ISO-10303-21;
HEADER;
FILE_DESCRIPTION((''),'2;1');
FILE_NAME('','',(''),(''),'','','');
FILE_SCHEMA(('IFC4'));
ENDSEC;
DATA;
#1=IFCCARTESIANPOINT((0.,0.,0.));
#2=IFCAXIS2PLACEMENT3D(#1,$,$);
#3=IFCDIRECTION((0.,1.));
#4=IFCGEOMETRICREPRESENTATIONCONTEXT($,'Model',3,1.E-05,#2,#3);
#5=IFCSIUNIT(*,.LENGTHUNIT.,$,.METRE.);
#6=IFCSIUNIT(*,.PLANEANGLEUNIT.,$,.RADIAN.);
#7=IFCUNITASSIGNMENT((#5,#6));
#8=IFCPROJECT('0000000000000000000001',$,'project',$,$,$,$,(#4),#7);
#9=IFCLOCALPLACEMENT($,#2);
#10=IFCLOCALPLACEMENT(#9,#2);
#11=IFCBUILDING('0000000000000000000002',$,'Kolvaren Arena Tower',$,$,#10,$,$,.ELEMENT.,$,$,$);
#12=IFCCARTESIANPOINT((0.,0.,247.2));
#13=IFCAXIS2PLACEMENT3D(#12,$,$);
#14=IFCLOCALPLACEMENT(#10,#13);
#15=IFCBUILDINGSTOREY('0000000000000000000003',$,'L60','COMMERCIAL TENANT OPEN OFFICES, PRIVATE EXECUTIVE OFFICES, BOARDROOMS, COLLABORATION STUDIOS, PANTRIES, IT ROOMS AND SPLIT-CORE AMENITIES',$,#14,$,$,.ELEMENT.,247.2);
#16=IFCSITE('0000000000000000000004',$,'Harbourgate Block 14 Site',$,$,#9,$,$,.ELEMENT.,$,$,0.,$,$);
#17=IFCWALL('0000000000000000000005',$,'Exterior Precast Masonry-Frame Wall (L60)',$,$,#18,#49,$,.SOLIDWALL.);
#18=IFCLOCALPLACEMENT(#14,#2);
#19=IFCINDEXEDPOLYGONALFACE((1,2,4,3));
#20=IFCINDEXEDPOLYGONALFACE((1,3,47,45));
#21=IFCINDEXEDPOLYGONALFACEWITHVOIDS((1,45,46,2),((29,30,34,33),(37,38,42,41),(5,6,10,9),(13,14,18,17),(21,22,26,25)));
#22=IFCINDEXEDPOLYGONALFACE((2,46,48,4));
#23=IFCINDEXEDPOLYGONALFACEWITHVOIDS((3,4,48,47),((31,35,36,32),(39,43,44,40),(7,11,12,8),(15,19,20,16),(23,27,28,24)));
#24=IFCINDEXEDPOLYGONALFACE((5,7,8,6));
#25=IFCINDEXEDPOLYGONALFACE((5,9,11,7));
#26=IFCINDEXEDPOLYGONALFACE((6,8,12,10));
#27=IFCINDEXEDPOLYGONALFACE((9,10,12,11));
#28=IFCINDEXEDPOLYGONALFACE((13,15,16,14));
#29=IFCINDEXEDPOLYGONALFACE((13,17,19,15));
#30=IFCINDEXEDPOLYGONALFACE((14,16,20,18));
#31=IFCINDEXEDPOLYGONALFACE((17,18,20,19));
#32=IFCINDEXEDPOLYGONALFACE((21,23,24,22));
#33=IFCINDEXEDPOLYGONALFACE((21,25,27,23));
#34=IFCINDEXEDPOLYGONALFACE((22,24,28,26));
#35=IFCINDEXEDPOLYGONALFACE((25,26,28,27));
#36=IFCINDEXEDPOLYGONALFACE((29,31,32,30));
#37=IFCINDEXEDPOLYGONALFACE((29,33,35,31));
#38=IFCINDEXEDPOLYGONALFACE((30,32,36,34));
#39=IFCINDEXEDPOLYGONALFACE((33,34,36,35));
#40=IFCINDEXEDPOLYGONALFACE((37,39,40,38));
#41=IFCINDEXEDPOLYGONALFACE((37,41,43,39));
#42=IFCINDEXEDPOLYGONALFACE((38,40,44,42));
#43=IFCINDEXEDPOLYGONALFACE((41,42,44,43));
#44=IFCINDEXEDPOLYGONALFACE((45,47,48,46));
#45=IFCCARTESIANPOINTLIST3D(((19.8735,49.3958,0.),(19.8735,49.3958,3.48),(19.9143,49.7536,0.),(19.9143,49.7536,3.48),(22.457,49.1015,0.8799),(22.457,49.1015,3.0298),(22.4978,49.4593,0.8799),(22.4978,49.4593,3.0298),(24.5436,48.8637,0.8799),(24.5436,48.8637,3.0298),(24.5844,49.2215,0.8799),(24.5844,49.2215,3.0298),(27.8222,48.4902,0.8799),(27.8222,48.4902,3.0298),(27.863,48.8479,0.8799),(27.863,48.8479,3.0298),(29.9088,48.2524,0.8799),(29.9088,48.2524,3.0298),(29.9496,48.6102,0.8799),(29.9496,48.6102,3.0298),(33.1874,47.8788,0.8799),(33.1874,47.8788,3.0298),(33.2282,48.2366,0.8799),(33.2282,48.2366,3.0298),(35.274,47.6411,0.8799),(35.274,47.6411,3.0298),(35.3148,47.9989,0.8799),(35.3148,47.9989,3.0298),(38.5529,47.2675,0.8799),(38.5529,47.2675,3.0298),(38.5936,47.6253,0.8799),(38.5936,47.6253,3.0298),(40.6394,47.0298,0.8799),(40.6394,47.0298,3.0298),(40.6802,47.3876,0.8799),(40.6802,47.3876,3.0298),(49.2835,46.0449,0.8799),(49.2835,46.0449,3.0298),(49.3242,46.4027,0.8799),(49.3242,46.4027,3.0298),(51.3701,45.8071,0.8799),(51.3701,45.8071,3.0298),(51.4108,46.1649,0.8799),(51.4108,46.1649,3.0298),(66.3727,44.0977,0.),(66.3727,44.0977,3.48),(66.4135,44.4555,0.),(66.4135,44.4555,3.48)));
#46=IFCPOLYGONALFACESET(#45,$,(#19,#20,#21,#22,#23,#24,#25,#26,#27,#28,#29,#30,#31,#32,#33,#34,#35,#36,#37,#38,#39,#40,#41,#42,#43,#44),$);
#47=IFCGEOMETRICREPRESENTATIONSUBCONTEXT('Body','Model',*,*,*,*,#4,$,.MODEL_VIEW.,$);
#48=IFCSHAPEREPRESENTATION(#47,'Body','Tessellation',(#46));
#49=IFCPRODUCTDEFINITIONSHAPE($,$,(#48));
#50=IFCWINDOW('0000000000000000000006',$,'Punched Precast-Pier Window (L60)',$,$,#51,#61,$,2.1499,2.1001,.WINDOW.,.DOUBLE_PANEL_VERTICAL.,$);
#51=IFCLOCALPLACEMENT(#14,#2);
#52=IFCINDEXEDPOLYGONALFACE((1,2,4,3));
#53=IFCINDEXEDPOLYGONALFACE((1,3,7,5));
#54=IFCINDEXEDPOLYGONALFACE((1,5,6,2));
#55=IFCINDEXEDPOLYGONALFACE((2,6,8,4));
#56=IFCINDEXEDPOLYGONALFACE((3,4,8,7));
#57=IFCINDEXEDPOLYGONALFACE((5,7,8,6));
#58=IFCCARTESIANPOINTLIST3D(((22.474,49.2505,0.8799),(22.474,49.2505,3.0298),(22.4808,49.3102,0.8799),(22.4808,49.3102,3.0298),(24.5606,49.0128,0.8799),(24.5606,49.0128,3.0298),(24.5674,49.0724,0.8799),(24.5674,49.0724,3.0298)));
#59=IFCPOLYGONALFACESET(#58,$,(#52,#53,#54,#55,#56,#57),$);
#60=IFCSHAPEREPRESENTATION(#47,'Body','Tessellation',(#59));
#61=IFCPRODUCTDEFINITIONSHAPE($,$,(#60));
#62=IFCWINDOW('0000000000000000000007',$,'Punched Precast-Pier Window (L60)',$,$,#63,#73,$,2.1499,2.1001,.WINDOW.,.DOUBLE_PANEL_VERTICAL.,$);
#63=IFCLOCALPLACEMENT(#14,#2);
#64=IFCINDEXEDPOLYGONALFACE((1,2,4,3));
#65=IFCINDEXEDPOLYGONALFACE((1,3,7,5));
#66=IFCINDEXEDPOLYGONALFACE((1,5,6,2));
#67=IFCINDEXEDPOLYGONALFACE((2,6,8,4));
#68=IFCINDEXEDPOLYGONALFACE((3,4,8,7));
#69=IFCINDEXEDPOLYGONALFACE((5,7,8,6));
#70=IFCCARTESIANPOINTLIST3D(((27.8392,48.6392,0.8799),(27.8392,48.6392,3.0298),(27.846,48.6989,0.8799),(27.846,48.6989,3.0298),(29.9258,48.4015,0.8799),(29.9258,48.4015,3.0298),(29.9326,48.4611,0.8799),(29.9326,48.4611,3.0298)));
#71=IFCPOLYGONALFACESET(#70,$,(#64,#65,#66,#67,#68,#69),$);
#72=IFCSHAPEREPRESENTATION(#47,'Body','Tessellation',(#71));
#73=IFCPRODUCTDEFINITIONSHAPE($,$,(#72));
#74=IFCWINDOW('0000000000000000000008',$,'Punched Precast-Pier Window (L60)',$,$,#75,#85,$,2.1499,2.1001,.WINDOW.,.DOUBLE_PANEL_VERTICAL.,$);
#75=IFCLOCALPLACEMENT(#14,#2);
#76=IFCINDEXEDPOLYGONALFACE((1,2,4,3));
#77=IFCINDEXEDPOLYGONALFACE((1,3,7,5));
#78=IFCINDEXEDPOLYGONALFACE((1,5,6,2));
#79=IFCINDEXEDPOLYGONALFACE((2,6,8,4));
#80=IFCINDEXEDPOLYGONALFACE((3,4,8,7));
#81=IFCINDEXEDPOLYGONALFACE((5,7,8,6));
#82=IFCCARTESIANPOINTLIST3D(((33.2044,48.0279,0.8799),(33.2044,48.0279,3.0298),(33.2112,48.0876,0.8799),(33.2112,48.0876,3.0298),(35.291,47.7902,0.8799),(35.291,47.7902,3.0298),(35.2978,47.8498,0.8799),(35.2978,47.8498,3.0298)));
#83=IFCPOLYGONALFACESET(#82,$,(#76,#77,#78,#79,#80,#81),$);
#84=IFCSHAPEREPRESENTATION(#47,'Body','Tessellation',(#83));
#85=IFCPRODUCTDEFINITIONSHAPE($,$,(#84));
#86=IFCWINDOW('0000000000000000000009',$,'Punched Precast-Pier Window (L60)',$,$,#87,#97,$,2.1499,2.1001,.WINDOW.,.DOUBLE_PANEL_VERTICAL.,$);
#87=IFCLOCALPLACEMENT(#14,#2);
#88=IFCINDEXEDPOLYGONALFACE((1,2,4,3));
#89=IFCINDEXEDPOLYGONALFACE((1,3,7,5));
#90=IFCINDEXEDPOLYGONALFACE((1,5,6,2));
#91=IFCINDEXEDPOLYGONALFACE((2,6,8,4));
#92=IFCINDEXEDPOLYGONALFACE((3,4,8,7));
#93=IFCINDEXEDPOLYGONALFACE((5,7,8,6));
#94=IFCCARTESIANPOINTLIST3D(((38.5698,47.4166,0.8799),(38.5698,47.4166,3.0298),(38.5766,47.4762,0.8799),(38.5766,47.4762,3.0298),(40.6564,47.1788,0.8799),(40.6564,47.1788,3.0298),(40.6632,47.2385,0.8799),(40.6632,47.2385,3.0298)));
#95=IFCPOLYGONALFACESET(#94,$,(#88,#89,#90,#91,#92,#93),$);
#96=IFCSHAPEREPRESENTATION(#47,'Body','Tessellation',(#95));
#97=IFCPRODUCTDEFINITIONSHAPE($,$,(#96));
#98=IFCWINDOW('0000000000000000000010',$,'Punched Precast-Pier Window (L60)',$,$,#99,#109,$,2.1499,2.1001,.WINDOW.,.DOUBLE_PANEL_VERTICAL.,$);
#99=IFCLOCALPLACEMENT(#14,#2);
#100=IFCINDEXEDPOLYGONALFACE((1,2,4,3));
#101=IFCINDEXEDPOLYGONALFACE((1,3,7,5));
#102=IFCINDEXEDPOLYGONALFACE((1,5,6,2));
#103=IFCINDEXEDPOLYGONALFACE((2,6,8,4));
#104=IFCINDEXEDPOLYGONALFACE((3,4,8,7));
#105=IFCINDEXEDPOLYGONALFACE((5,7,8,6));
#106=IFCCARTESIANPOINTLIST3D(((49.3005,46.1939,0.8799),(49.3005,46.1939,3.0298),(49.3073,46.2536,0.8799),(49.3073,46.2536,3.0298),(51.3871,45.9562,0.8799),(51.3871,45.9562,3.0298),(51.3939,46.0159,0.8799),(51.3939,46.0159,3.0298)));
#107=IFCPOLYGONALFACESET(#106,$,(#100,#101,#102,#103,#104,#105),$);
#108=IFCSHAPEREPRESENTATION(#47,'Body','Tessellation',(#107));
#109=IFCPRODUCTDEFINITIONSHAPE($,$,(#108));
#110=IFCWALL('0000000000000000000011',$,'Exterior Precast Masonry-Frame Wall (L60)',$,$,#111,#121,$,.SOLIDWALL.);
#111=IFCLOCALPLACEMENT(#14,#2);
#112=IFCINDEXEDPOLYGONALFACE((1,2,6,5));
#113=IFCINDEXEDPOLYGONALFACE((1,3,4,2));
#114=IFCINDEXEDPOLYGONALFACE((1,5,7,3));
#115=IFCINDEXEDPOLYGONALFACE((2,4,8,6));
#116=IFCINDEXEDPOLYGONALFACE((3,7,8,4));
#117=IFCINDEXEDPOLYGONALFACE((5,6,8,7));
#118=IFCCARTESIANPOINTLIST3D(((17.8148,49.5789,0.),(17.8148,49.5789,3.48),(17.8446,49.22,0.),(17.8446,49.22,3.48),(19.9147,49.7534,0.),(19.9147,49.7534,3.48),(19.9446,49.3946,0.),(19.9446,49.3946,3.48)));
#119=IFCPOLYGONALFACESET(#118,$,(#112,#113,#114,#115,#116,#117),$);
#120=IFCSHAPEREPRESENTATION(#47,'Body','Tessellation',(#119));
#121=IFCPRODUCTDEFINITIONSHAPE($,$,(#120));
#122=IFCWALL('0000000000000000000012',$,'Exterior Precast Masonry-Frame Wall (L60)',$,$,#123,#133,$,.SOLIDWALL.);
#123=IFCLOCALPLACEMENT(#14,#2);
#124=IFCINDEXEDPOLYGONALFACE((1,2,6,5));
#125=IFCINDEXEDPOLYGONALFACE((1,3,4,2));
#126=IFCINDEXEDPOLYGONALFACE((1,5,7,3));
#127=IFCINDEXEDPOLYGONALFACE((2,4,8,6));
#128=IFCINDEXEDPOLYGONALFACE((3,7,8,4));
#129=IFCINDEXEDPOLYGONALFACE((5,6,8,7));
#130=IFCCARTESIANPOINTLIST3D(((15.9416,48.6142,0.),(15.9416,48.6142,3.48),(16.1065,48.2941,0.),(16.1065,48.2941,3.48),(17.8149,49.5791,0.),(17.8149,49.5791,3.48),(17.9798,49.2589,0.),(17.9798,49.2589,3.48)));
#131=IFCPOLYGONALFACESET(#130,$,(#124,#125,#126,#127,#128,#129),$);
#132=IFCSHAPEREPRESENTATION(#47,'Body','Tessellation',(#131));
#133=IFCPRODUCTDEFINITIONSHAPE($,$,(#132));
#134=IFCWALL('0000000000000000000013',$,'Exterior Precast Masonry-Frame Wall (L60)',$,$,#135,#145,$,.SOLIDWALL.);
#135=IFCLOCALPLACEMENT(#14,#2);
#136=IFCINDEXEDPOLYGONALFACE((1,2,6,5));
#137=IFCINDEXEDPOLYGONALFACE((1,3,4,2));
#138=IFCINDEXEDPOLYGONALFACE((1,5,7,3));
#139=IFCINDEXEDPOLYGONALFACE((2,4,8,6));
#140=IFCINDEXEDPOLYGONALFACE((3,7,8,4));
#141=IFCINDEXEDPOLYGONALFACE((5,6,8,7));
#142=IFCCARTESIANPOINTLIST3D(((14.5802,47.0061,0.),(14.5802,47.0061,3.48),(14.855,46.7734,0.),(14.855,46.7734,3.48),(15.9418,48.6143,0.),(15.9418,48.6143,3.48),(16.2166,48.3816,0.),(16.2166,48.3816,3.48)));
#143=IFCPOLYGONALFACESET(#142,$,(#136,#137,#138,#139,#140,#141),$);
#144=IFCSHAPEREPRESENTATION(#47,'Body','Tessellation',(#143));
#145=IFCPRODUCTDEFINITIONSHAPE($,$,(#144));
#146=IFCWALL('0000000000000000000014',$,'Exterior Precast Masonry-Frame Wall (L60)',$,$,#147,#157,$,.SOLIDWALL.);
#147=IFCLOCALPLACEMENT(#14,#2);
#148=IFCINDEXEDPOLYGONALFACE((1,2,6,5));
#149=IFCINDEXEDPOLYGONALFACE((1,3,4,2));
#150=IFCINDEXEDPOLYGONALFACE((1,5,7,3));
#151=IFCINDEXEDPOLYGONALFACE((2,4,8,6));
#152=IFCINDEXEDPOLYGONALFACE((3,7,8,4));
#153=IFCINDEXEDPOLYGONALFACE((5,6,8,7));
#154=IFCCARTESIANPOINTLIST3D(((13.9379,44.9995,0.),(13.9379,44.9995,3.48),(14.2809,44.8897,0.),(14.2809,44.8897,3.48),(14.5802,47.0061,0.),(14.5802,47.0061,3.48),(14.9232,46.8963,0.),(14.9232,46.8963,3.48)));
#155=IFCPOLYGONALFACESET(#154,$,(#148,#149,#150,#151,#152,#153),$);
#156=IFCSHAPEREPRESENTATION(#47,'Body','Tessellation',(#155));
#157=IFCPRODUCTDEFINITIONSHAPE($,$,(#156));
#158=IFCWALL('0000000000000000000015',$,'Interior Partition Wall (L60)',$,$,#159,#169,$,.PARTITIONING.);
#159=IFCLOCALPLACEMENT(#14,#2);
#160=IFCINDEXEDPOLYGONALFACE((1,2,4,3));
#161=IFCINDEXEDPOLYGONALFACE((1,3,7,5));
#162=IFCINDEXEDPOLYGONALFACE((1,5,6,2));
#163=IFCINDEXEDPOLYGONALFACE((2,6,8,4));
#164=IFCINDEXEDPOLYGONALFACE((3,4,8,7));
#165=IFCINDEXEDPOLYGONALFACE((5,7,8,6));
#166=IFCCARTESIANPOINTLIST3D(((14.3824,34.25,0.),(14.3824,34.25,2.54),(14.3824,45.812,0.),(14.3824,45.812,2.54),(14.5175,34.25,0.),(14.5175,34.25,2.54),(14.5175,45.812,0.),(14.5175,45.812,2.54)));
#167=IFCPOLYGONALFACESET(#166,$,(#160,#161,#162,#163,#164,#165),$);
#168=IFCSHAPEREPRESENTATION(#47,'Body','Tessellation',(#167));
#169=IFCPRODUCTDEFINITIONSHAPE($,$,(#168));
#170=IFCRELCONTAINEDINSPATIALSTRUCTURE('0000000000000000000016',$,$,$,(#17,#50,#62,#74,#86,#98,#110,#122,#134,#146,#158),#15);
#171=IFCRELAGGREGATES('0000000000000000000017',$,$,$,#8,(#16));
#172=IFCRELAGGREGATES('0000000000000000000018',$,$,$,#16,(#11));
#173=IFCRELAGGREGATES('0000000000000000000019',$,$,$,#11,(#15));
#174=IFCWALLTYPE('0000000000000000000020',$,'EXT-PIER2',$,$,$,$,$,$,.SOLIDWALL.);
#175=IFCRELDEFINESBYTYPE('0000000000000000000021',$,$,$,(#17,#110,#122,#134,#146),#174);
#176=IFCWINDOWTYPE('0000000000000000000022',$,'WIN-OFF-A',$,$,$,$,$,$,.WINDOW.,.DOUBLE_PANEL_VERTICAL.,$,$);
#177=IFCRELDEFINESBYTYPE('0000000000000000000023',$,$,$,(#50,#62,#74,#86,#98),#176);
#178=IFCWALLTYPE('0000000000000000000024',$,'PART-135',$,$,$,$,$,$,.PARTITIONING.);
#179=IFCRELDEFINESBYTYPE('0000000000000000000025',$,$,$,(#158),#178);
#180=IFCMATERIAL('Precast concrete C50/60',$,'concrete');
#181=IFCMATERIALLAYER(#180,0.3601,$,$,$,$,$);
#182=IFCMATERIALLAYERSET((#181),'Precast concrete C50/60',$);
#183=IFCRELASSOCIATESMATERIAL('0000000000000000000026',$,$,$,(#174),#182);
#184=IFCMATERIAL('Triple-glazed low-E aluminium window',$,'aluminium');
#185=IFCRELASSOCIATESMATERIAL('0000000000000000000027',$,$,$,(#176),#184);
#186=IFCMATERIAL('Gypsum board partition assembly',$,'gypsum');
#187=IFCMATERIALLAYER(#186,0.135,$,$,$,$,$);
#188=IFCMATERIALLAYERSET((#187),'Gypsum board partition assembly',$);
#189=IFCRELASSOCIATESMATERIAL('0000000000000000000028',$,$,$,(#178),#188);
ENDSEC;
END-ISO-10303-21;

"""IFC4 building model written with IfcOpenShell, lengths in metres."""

from ifc_helpers import new_model, si_unit, direction, frame, frame_2d, origin, place, context, subcontext, project, spatial, rectangle, extrude, material, layer, layer_set, type_object, element, fill, save


model = new_model("IFC4")

# Units and contexts
model_context = context("Model", 3, precision=1e-05, world=origin(), true_north=direction((0.0, 1.0)))
body_context = subcontext(model_context, "Body", "Model", "MODEL_VIEW")
ifc_project = project(units=[si_unit("LENGTHUNIT", "METRE"), si_unit("PLANEANGLEUNIT", "RADIAN")], contexts=[model_context])

# Site, building, storey
site_placement = place(None, origin())
site = spatial("IfcSite", under=ifc_project, at=site_placement, Name="Harbourgate Block 14 Site", CompositionType="ELEMENT", RefElevation=0.0)
building_placement = place(site_placement, origin())
building = spatial("IfcBuilding", under=site, at=building_placement, Name="Kolvaren Arena Tower", CompositionType="ELEMENT")
storey_placement = place(building_placement, frame((0.0, 0.0, 247.2)))
storey = spatial("IfcBuildingStorey", under=building, at=storey_placement, Name="L60", Description="COMMERCIAL TENANT OPEN OFFICES, PRIVATE EXECUTIVE OFFICES, BOARDROOMS, COLLABORATION STUDIOS, PANTRIES, IT ROOMS AND SPLIT-CORE AMENITIES", CompositionType="ELEMENT", Elevation=247.2)

# Wall, openings, windows
ifc_material_1 = material(Name="Precast concrete C50/60", Category="concrete")
ifc_layer_1 = layer(ifc_material_1, 0.3601)
ifc_layer_set_1 = layer_set([ifc_layer_1], Name="Precast concrete C50/60")
wall_type_1 = type_object("IfcWallType", Name="EXT-PIER2", PredefinedType="SOLIDWALL", material=ifc_layer_set_1)
wall_1_placement = place(storey_placement, frame((19.894, 49.5747, 0.0), z_axis=(0.0, 0.0, 1.0), x_axis=(0.993571, -0.113207, 0.0)))
wall_1 = element("IfcWall", 1, at=wall_1_placement, inside=storey, type_object=wall_type_1, Name="Exterior Precast Masonry-Frame Wall (L60)", PredefinedType="SOLIDWALL", context=body_context, shape_type="SweptSolid", body=[
    extrude(rectangle(XDim=46.8, YDim=0.3601, at=frame_2d((23.3999, 0.0))), origin(), (0.0, 0.0, 1.0), 3.48),
])
opening_1_placement = place(wall_1_placement, frame((2.6001, 0.0, 0.8799)))
opening_1 = element("IfcOpeningElement", 2, at=opening_1_placement, cuts=wall_1, PredefinedType="OPENING", context=body_context, shape_type="SweptSolid", body=[
    extrude(rectangle(XDim=2.1001, YDim=2.1499, at=frame_2d((1.05, 1.075))), frame((0.0, 0.1899, 0.0), z_axis=(0.0, -1.0, 0.0), x_axis=(1.0, 0.0, 0.0)), (0.0, 0.0, 1.0), 0.3801),
])
opening_2_placement = place(wall_1_placement, frame((8.0, 0.0, 0.8799)))
opening_2 = element("IfcOpeningElement", 3, at=opening_2_placement, cuts=wall_1, PredefinedType="OPENING", context=body_context, shape_type="SweptSolid", body=[
    extrude(rectangle(XDim=2.1001, YDim=2.1499, at=frame_2d((1.05, 1.075))), frame((0.0, 0.1899, 0.0), z_axis=(0.0, -1.0, 0.0), x_axis=(1.0, 0.0, 0.0)), (0.0, 0.0, 1.0), 0.3801),
])
opening_3_placement = place(wall_1_placement, frame((13.3999, 0.0, 0.8799)))
opening_3 = element("IfcOpeningElement", 4, at=opening_3_placement, cuts=wall_1, PredefinedType="OPENING", context=body_context, shape_type="SweptSolid", body=[
    extrude(rectangle(XDim=2.1001, YDim=2.1499, at=frame_2d((1.05, 1.075))), frame((0.0, 0.1899, 0.0), z_axis=(0.0, -1.0, 0.0), x_axis=(1.0, 0.0, 0.0)), (0.0, 0.0, 1.0), 0.3801),
])
opening_4_placement = place(wall_1_placement, frame((18.8, 0.0, 0.8799)))
opening_4 = element("IfcOpeningElement", 5, at=opening_4_placement, cuts=wall_1, PredefinedType="OPENING", context=body_context, shape_type="SweptSolid", body=[
    extrude(rectangle(XDim=2.1001, YDim=2.1499, at=frame_2d((1.05, 1.075))), frame((0.0, 0.1899, 0.0), z_axis=(0.0, -1.0, 0.0), x_axis=(1.0, 0.0, 0.0)), (0.0, 0.0, 1.0), 0.3801),
])
opening_5_placement = place(wall_1_placement, frame((29.6001, 0.0, 0.8799)))
opening_5 = element("IfcOpeningElement", 6, at=opening_5_placement, cuts=wall_1, PredefinedType="OPENING", context=body_context, shape_type="SweptSolid", body=[
    extrude(rectangle(XDim=2.1001, YDim=2.1499, at=frame_2d((1.05, 1.075))), frame((0.0, 0.1899, 0.0), z_axis=(0.0, -1.0, 0.0), x_axis=(1.0, 0.0, 0.0)), (0.0, 0.0, 1.0), 0.3801),
])
ifc_material_2 = material(Name="Triple-glazed low-E aluminium window", Category="aluminium")
window_type = type_object("IfcWindowType", Name="WIN-OFF-A", PartitioningType="DOUBLE_PANEL_VERTICAL", PredefinedType="WINDOW", material=ifc_material_2)
window_1_placement = place(opening_1_placement, origin())
window_1 = element("IfcWindow", 7, at=window_1_placement, inside=storey, type_object=window_type, Name="Punched Precast-Pier Window (L60)", OverallHeight=2.1499, OverallWidth=2.1001, PartitioningType="DOUBLE_PANEL_VERTICAL", PredefinedType="WINDOW", context=body_context, shape_type="SweptSolid", body=[
    extrude(rectangle(XDim=2.1001, YDim=2.1499, at=frame_2d((1.05, 1.075))), frame((0.0, 0.03, 0.0), z_axis=(0.0, -1.0, 0.0), x_axis=(1.0, 0.0, 0.0)), (0.0, 0.0, 1.0), 0.0601),
])
fill(opening_1, window_1)
window_2_placement = place(opening_2_placement, origin())
window_2 = element("IfcWindow", 8, at=window_2_placement, inside=storey, type_object=window_type, Name="Punched Precast-Pier Window (L60)", OverallHeight=2.1499, OverallWidth=2.1001, PartitioningType="DOUBLE_PANEL_VERTICAL", PredefinedType="WINDOW", context=body_context, shape_type="SweptSolid", body=[
    extrude(rectangle(XDim=2.1001, YDim=2.1499, at=frame_2d((1.05, 1.075))), frame((0.0, 0.03, 0.0), z_axis=(0.0, -1.0, 0.0), x_axis=(1.0, 0.0, 0.0)), (0.0, 0.0, 1.0), 0.0601),
])
fill(opening_2, window_2)
window_3_placement = place(opening_3_placement, origin())
window_3 = element("IfcWindow", 9, at=window_3_placement, inside=storey, type_object=window_type, Name="Punched Precast-Pier Window (L60)", OverallHeight=2.1499, OverallWidth=2.1001, PartitioningType="DOUBLE_PANEL_VERTICAL", PredefinedType="WINDOW", context=body_context, shape_type="SweptSolid", body=[
    extrude(rectangle(XDim=2.1001, YDim=2.1499, at=frame_2d((1.05, 1.075))), frame((0.0, 0.03, 0.0), z_axis=(0.0, -1.0, 0.0), x_axis=(1.0, 0.0, 0.0)), (0.0, 0.0, 1.0), 0.0601),
])
fill(opening_3, window_3)
window_4_placement = place(opening_4_placement, origin())
window_4 = element("IfcWindow", 10, at=window_4_placement, inside=storey, type_object=window_type, Name="Punched Precast-Pier Window (L60)", OverallHeight=2.1499, OverallWidth=2.1001, PartitioningType="DOUBLE_PANEL_VERTICAL", PredefinedType="WINDOW", context=body_context, shape_type="SweptSolid", body=[
    extrude(rectangle(XDim=2.1001, YDim=2.1499, at=frame_2d((1.05, 1.075))), frame((0.0, 0.03, 0.0), z_axis=(0.0, -1.0, 0.0), x_axis=(1.0, 0.0, 0.0)), (0.0, 0.0, 1.0), 0.0601),
])
fill(opening_4, window_4)
window_5_placement = place(opening_5_placement, origin())
window_5 = element("IfcWindow", 11, at=window_5_placement, inside=storey, type_object=window_type, Name="Punched Precast-Pier Window (L60)", OverallHeight=2.1499, OverallWidth=2.1001, PartitioningType="DOUBLE_PANEL_VERTICAL", PredefinedType="WINDOW", context=body_context, shape_type="SweptSolid", body=[
    extrude(rectangle(XDim=2.1001, YDim=2.1499, at=frame_2d((1.05, 1.075))), frame((0.0, 0.03, 0.0), z_axis=(0.0, -1.0, 0.0), x_axis=(1.0, 0.0, 0.0)), (0.0, 0.0, 1.0), 0.0601),
])
fill(opening_5, window_5)

# Walls
for number, where, z_axis, x_axis, name in (
    (12, (17.8296, 49.3994, 0.0), (0.0, 0.0, 1.0), (0.996563, 0.082844, 0.0), "Exterior Precast Masonry-Frame Wall (L60)"),
    (13, (16.0239, 48.4541, 0.0), (0.0, 0.0, 1.0), (0.88901, 0.457887, 0.0), "Exterior Precast Masonry-Frame Wall (L60)"),
    (14, (14.7175, 46.8896, 0.0), (0.0, 0.0, 1.0), (0.646171, 0.763193, 0.0), "Exterior Precast Masonry-Frame Wall (L60)"),
):
    element("IfcWall", number, at=place(storey_placement, frame(where, z_axis=z_axis, x_axis=x_axis)), inside=storey, type_object=wall_type_1, Name=name, PredefinedType="SOLIDWALL", context=body_context, shape_type="SweptSolid", body=[
        extrude(rectangle(XDim=2.1072, YDim=0.3601, at=frame_2d((1.0537, 0.0))), origin(), (0.0, 0.0, 1.0), 3.48),
    ])
wall_2_placement = place(storey_placement, frame((14.1094, 44.9446, 0.0), z_axis=(0.0, 0.0, 1.0), x_axis=(0.304872, 0.952393, 0.0)))
element("IfcWall", 15, at=wall_2_placement, inside=storey, type_object=wall_type_1, Name="Exterior Precast Masonry-Frame Wall (L60)", PredefinedType="SOLIDWALL", context=body_context, shape_type="SweptSolid", body=[
    extrude(rectangle(XDim=2.1069, YDim=0.3601, at=frame_2d((1.0535, 0.0))), origin(), (0.0, 0.0, 1.0), 3.48),
])
ifc_material_3 = material(Name="Gypsum board partition assembly", Category="gypsum")
ifc_layer_2 = layer(ifc_material_3, 0.135)
ifc_layer_set_2 = layer_set([ifc_layer_2], Name="Gypsum board partition assembly")
wall_type_2 = type_object("IfcWallType", Name="PART-135", PredefinedType="PARTITIONING", material=ifc_layer_set_2)
wall_3_placement = place(storey_placement, frame((14.45, 34.25, 0.0), z_axis=(0.0, 0.0, 1.0), x_axis=(0.0, 1.0, 0.0)))
element("IfcWall", 16, at=wall_3_placement, inside=storey, type_object=wall_type_2, Name="Interior Partition Wall (L60)", PredefinedType="PARTITIONING", context=body_context, shape_type="SweptSolid", body=[
    extrude(rectangle(XDim=11.562, YDim=0.135, at=frame_2d((5.781, 0.0))), origin(), (0.0, 0.0, 1.0), 2.54),
])

save(model, "model.ifc")
